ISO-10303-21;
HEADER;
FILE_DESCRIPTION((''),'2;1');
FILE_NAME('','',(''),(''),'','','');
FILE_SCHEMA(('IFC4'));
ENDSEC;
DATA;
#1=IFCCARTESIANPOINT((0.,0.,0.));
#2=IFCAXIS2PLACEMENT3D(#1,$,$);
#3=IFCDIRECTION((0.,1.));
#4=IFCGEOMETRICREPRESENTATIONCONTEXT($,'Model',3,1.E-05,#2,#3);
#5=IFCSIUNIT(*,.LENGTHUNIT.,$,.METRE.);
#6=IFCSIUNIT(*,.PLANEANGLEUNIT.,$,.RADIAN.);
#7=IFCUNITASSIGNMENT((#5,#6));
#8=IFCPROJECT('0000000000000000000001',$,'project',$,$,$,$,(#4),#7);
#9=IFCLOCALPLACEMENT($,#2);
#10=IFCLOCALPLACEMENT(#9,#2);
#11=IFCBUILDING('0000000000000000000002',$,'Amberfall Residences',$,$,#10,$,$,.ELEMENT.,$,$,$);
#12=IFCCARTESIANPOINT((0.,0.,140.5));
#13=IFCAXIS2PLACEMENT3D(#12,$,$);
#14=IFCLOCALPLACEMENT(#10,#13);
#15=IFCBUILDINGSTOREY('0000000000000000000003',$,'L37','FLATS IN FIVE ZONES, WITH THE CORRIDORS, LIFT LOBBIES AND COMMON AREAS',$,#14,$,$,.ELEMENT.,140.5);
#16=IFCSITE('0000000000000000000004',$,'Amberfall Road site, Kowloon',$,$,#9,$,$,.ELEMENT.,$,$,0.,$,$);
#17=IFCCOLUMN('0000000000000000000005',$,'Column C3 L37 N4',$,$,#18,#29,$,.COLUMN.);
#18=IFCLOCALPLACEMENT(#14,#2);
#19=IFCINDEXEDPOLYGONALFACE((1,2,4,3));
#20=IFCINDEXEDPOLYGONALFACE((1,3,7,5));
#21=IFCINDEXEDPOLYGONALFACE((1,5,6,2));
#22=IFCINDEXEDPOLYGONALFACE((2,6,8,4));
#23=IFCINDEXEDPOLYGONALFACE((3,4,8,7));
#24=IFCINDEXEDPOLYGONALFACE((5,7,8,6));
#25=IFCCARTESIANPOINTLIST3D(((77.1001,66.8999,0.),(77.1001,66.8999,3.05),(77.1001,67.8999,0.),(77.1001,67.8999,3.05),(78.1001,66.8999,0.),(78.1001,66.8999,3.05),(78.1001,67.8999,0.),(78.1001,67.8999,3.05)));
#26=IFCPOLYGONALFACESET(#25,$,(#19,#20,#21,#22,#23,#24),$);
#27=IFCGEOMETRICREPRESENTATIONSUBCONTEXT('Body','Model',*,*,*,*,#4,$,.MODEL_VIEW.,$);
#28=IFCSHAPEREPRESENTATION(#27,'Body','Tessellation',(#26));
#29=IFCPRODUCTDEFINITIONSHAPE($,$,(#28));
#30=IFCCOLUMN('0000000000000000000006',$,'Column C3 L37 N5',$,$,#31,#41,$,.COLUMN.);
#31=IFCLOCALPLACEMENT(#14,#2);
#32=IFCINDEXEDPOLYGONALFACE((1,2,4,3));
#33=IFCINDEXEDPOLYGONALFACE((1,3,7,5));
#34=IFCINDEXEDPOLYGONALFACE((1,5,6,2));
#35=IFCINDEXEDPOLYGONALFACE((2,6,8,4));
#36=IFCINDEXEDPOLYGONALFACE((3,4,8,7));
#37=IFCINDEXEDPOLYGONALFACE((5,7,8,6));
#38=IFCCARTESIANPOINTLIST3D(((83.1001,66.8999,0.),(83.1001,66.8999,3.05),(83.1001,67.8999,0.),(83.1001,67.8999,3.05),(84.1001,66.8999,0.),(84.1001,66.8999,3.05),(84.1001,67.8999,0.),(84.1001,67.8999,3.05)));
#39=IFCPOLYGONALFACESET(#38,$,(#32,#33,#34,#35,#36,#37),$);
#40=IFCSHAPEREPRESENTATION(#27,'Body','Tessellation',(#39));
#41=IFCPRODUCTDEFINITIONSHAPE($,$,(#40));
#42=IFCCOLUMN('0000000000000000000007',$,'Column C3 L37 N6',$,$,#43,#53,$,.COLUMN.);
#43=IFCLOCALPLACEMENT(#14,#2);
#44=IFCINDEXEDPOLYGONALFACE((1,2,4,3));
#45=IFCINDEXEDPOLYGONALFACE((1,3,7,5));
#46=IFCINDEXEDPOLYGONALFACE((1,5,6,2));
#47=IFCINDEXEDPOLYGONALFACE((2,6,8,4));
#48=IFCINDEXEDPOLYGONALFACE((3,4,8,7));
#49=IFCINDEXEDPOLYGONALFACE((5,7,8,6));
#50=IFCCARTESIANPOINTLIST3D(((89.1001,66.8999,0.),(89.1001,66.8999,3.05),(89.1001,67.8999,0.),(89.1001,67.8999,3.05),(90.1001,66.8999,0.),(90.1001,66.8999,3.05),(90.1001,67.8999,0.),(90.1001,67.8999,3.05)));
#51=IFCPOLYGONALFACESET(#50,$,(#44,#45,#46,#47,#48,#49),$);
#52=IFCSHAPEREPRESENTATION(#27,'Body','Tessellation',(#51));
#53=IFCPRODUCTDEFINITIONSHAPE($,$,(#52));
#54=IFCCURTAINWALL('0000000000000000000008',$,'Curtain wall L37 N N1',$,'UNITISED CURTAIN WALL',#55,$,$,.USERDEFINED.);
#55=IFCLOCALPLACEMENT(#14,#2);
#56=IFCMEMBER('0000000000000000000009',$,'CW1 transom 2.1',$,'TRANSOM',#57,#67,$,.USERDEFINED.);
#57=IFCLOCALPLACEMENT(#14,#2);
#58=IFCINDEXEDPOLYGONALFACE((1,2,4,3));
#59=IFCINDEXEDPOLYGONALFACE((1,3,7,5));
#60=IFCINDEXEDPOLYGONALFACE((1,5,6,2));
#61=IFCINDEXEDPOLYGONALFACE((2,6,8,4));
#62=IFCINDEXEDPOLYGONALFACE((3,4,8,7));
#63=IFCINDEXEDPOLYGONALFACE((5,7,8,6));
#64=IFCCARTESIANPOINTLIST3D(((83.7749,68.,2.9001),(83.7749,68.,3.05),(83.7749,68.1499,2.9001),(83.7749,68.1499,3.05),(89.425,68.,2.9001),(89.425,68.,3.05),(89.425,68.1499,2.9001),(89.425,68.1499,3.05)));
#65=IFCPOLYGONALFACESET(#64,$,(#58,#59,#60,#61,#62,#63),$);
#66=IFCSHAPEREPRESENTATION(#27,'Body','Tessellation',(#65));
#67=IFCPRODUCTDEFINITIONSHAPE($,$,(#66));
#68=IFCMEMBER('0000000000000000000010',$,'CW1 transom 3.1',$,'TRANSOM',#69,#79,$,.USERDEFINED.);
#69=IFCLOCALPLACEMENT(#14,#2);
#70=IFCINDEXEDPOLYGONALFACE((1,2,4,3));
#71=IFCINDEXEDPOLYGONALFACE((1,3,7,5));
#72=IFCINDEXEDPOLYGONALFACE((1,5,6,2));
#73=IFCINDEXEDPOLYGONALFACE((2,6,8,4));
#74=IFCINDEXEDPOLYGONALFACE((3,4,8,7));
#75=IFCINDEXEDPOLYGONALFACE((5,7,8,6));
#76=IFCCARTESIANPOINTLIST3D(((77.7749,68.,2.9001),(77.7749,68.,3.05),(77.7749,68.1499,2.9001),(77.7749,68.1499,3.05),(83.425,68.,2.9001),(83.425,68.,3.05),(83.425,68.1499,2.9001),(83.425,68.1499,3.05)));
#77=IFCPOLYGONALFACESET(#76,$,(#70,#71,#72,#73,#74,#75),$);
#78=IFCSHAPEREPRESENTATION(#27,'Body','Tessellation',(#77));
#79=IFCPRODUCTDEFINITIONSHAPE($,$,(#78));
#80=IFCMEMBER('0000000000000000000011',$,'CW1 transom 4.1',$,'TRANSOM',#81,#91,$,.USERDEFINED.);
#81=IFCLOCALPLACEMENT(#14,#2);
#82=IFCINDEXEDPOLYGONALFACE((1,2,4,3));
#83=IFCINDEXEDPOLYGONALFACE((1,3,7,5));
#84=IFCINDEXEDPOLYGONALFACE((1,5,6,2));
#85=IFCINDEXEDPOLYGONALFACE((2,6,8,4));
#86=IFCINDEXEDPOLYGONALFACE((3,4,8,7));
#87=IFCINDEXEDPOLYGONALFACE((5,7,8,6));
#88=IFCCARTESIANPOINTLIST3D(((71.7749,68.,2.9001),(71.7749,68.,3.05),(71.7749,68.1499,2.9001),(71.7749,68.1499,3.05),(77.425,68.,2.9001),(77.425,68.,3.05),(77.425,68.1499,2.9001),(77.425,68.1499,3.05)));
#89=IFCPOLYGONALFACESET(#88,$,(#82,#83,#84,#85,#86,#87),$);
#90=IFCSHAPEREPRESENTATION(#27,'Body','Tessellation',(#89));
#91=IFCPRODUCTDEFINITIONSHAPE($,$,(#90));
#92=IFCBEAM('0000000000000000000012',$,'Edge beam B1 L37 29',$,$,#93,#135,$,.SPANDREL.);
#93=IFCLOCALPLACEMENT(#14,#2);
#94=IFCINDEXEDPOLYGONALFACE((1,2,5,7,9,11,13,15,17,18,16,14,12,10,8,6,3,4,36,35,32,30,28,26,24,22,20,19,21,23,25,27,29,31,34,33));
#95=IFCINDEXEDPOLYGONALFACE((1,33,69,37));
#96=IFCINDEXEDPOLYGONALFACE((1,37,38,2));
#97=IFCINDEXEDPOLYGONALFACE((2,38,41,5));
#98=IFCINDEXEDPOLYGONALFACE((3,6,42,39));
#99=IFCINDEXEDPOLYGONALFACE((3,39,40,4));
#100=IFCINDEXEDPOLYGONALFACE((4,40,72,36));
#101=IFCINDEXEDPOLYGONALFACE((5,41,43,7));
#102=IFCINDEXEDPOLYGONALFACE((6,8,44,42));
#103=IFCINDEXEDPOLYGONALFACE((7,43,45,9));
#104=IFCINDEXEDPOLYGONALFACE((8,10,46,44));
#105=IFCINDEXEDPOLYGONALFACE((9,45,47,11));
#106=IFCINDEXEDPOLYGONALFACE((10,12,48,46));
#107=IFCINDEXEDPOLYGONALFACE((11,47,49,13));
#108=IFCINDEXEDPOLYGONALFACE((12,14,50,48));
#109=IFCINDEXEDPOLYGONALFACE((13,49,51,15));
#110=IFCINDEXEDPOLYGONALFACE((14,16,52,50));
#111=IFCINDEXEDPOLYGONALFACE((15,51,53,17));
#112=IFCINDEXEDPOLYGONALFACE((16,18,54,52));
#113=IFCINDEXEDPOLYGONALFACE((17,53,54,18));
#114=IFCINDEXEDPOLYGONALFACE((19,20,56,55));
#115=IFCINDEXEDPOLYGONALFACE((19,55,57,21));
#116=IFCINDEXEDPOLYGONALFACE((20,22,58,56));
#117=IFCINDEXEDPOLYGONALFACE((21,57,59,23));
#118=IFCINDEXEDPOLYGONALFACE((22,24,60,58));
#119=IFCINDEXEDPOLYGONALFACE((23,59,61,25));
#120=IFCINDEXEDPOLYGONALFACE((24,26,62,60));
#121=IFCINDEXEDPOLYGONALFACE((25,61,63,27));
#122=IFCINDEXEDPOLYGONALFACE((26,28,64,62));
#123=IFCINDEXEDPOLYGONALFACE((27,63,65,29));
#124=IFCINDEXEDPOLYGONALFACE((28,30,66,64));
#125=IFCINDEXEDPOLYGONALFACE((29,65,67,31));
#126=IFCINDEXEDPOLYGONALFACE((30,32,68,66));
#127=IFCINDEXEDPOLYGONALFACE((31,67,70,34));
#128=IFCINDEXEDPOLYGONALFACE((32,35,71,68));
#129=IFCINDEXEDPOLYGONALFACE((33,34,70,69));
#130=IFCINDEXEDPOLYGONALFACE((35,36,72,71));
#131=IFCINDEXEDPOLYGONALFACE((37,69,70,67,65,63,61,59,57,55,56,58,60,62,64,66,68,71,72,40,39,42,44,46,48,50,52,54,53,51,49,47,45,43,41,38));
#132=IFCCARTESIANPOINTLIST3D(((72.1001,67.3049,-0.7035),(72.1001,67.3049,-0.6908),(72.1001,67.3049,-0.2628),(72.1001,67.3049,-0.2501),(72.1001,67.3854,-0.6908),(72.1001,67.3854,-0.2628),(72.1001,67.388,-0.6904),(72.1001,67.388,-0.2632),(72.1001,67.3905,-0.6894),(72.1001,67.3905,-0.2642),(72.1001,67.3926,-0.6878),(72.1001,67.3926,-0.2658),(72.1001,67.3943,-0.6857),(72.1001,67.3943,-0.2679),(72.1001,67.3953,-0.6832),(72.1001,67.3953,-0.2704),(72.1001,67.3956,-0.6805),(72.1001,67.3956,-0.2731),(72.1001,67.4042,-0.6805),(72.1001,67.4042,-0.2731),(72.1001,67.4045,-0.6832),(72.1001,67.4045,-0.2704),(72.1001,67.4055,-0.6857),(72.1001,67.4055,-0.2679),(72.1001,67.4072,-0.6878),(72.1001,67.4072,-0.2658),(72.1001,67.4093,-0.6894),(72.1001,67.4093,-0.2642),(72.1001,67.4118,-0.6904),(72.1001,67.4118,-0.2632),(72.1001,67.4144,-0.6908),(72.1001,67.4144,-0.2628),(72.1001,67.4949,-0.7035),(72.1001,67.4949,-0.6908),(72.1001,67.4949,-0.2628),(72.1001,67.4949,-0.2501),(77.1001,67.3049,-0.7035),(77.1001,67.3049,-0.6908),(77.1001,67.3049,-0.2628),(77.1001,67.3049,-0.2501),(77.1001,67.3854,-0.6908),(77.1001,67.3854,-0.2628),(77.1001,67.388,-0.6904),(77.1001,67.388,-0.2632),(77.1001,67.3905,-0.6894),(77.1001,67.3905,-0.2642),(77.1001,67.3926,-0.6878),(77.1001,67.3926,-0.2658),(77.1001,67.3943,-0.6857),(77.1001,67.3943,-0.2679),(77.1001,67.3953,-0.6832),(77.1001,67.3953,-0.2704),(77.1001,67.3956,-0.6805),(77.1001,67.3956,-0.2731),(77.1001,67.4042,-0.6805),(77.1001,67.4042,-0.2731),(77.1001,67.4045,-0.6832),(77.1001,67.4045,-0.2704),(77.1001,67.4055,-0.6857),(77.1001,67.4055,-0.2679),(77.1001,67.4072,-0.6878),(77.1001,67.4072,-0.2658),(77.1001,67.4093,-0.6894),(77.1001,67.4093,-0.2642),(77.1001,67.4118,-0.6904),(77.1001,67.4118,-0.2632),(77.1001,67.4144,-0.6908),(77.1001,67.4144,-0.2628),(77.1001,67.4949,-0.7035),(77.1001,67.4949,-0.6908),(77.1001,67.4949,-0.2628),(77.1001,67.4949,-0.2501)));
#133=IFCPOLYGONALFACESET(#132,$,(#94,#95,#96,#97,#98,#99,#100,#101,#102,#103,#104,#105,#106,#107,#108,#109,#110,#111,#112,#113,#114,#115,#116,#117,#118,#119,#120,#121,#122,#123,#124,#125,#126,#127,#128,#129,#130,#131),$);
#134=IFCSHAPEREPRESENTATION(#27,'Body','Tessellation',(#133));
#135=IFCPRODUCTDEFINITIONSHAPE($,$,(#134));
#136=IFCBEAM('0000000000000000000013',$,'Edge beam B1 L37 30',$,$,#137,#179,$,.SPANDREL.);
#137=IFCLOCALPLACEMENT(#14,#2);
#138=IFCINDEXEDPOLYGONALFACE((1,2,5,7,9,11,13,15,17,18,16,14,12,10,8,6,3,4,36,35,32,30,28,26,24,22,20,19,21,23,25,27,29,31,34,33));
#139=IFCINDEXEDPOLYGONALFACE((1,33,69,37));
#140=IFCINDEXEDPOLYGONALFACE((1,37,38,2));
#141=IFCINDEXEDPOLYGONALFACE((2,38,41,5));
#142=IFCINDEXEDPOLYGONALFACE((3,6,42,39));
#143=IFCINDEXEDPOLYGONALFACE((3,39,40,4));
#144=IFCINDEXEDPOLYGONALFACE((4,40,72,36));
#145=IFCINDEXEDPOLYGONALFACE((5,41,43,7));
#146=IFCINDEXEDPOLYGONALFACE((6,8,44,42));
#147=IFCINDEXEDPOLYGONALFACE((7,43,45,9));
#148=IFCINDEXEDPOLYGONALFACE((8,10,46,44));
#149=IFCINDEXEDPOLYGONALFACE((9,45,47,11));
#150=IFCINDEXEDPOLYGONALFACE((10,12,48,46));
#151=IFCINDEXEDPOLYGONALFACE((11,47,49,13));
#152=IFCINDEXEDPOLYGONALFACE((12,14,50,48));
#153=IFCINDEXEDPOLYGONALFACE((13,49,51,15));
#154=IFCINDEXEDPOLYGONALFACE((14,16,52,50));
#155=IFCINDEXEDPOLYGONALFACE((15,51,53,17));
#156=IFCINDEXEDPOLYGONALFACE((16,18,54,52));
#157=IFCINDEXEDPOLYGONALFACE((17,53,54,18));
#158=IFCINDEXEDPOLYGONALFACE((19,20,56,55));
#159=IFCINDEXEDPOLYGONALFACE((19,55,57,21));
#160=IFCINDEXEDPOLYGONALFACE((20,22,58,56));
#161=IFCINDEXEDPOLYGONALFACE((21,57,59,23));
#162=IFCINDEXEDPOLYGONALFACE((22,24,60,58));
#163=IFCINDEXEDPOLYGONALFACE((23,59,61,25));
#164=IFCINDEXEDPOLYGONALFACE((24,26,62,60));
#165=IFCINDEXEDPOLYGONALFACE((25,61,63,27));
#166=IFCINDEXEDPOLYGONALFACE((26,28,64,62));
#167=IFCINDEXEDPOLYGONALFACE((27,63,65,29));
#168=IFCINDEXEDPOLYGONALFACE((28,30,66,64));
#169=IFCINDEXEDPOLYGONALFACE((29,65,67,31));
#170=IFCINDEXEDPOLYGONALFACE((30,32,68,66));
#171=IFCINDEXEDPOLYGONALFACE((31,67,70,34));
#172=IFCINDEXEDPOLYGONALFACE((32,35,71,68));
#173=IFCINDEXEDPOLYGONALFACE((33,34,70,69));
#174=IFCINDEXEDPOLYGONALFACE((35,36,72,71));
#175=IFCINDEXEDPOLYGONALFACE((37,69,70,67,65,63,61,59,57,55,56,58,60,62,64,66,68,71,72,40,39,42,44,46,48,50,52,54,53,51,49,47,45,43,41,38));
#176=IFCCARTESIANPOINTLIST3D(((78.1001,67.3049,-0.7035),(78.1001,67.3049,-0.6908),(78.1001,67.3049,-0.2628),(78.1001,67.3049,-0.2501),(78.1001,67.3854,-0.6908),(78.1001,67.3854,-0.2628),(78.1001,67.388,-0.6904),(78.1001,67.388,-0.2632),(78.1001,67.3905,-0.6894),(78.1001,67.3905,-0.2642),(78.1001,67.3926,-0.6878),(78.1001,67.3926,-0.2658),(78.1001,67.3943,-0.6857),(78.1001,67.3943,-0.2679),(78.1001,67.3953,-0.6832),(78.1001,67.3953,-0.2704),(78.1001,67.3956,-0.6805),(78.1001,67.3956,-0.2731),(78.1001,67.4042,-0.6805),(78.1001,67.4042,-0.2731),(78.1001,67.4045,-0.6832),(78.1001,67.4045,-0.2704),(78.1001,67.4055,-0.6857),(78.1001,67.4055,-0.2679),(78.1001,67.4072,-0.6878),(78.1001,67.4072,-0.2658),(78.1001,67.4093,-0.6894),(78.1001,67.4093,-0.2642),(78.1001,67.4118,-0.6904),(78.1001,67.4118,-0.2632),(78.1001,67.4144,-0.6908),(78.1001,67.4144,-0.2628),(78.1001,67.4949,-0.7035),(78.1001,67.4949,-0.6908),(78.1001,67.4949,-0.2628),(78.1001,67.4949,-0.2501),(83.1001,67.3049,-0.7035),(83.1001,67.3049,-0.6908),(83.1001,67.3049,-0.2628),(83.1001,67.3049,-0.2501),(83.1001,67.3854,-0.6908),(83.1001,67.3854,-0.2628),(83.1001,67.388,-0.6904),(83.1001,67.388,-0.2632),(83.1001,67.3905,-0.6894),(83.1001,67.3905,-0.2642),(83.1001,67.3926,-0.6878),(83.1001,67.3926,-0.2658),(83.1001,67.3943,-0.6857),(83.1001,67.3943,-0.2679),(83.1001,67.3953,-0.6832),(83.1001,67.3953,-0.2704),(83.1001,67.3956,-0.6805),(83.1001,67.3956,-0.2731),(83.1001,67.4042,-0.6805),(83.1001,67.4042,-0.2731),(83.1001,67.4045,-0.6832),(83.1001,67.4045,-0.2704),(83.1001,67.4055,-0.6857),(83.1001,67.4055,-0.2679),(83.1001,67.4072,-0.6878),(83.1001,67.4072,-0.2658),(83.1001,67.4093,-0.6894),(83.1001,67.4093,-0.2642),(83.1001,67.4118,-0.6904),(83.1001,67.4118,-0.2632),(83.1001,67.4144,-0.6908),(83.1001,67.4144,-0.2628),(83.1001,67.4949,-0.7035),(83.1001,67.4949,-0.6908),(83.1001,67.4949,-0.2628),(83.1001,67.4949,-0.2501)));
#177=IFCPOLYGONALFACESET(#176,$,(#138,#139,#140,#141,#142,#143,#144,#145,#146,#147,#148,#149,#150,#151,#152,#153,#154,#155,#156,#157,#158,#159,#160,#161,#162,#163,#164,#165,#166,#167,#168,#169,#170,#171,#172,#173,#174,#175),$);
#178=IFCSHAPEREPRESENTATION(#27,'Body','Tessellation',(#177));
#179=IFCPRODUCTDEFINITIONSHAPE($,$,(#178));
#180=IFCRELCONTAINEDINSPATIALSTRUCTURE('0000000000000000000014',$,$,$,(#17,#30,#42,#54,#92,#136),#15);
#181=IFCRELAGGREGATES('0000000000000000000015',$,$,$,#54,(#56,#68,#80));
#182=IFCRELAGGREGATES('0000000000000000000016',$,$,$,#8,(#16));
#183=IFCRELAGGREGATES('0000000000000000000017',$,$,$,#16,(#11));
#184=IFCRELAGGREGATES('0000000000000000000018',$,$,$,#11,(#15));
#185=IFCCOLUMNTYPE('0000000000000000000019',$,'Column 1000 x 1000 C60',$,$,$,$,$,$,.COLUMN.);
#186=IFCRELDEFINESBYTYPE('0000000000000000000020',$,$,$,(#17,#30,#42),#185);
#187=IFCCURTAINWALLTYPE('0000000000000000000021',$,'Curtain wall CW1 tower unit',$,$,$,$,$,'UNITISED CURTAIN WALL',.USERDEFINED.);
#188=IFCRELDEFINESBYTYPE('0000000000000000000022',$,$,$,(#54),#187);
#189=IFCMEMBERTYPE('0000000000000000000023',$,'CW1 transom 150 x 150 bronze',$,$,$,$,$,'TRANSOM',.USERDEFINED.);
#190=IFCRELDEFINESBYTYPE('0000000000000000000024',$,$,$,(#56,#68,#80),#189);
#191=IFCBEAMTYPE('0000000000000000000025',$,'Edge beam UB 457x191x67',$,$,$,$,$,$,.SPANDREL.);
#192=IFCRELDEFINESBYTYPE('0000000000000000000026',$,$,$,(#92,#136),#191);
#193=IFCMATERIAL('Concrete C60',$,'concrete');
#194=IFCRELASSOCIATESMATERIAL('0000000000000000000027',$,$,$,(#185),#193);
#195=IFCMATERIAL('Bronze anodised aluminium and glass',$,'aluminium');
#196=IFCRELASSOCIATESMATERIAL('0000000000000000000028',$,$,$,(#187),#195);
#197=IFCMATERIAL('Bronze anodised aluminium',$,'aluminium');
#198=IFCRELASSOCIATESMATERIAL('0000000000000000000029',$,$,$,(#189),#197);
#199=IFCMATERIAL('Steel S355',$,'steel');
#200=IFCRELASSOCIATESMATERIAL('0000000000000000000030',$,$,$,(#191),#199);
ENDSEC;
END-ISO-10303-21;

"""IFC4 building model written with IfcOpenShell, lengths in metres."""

from ifc_helpers import new_model, si_unit, direction, frame, origin, origin_2d, place, context, subcontext, project, spatial, rectangle, i_section, extrude, material, material_profile, profile_set, type_object, element, aggregate, save


model = new_model("IFC4")

# Units and contexts
model_context = context("Model", 3, precision=1e-05, world=origin(), true_north=direction((0.0, 1.0)))
body_context = subcontext(model_context, "Body", "Model", "MODEL_VIEW")
ifc_project = project(units=[si_unit("LENGTHUNIT", "METRE"), si_unit("PLANEANGLEUNIT", "RADIAN")], contexts=[model_context])

# Site, building, storey
site_placement = place(None, origin())
site = spatial("IfcSite", under=ifc_project, at=site_placement, Name="Amberfall Road site, Kowloon", CompositionType="ELEMENT", RefElevation=0.0)
building_placement = place(site_placement, origin())
building = spatial("IfcBuilding", under=site, at=building_placement, Name="Amberfall Residences", CompositionType="ELEMENT")
storey_placement = place(building_placement, frame((0.0, 0.0, 140.5)))
storey = spatial("IfcBuildingStorey", under=building, at=storey_placement, Name="L37", Description="FLATS IN FIVE ZONES, WITH THE CORRIDORS, LIFT LOBBIES AND COMMON AREAS", CompositionType="ELEMENT", Elevation=140.5)

# Columns
ifc_material_1 = material(Name="Concrete C60", Category="concrete")
ifc_material_profile_1 = material_profile(ifc_material_1, rectangle(XDim=1.0, YDim=1.0, at=origin_2d()), Name="Column 1000 x 1000 C60")
ifc_profile_set_1 = profile_set([ifc_material_profile_1], Name="Concrete C60")
column_type = type_object("IfcColumnType", Name="Column 1000 x 1000 C60", PredefinedType="COLUMN", material=ifc_profile_set_1)
for number, where, z_axis, x_axis, name in (
    (1, (77.6001, 67.3999, 0.0), (0.0, 0.0, 1.0), (1.0, 0.0, 0.0), "Column C3 L37 N4"),
    (2, (83.6001, 67.3999, 0.0), (0.0, 0.0, 1.0), (1.0, 0.0, 0.0), "Column C3 L37 N5"),
    (3, (89.6001, 67.3999, 0.0), (0.0, 0.0, 1.0), (1.0, 0.0, 0.0), "Column C3 L37 N6"),
):
    element("IfcColumn", number, at=place(storey_placement, frame(where, z_axis=z_axis, x_axis=x_axis)), inside=storey, type_object=column_type, Name=name, PredefinedType="COLUMN", context=body_context, shape_type="SweptSolid", body=[
        extrude(rectangle(XDim=1.0, YDim=1.0, at=origin_2d()), origin(), (0.0, 0.0, 1.0), 3.05),
    ])

# Curtain wall, members
ifc_material_2 = material(Name="Bronze anodised aluminium and glass", Category="aluminium")
curtain_wall_type = type_object("IfcCurtainWallType", Name="Curtain wall CW1 tower unit", ElementType="UNITISED CURTAIN WALL", PredefinedType="USERDEFINED", material=ifc_material_2)
curtain_wall_placement = place(storey_placement, origin())
curtain_wall = element("IfcCurtainWall", 4, at=curtain_wall_placement, inside=storey, type_object=curtain_wall_type, Name="Curtain wall L37 N N1", ObjectType="UNITISED CURTAIN WALL", PredefinedType="USERDEFINED")
ifc_material_3 = material(Name="Bronze anodised aluminium", Category="aluminium")
ifc_material_profile_2 = material_profile(ifc_material_3, rectangle(XDim=0.1499, YDim=0.1499, at=origin_2d()), Name="CW1 transom 150 x 150 bronze")
ifc_profile_set_2 = profile_set([ifc_material_profile_2], Name="Bronze anodised aluminium")
member_type_1 = type_object("IfcMemberType", Name="CW1 transom 150 x 150 bronze", ElementType="TRANSOM", PredefinedType="USERDEFINED", material=ifc_profile_set_2)
member_1_placement = place(storey_placement, frame((89.425, 68.075, 2.9751), z_axis=(-1.0, 0.0, 0.0), x_axis=(0.0, -1.0, 0.0)))
member_1 = element("IfcMember", 5, at=member_1_placement, type_object=member_type_1, Name="CW1 transom 2.1", ObjectType="TRANSOM", PredefinedType="USERDEFINED", context=body_context, shape_type="SweptSolid", body=[
    extrude(rectangle(XDim=0.1499, YDim=0.1499, at=origin_2d()), origin(), (0.0, 0.0, 1.0), 5.6501),
])
member_2_placement = place(storey_placement, frame((83.425, 68.075, 2.9751), z_axis=(-1.0, 0.0, 0.0), x_axis=(0.0, -1.0, 0.0)))
member_2 = element("IfcMember", 6, at=member_2_placement, type_object=member_type_1, Name="CW1 transom 3.1", ObjectType="TRANSOM", PredefinedType="USERDEFINED", context=body_context, shape_type="SweptSolid", body=[
    extrude(rectangle(XDim=0.1499, YDim=0.1499, at=origin_2d()), origin(), (0.0, 0.0, 1.0), 5.6501),
])
member_3_placement = place(storey_placement, frame((77.425, 68.075, 2.9751), z_axis=(-1.0, 0.0, 0.0), x_axis=(0.0, -1.0, 0.0)))
member_3 = element("IfcMember", 7, at=member_3_placement, type_object=member_type_1, Name="CW1 transom 4.1", ObjectType="TRANSOM", PredefinedType="USERDEFINED", context=body_context, shape_type="SweptSolid", body=[
    extrude(rectangle(XDim=0.1499, YDim=0.1499, at=origin_2d()), origin(), (0.0, 0.0, 1.0), 5.6501),
])

# Beams
ifc_material_4 = material(Name="Steel S355", Category="steel")
ifc_material_profile_3 = material_profile(ifc_material_4, i_section(OverallWidth=0.1899, OverallDepth=0.4534, WebThickness=0.0085, FlangeThickness=0.0127, FilletRadius=0.0103, at=origin_2d()), Name="UB 457x191x67")
ifc_profile_set_3 = profile_set([ifc_material_profile_3], Name="Steel S355")
beam_type_1 = type_object("IfcBeamType", Name="Edge beam UB 457x191x67", PredefinedType="SPANDREL", material=ifc_profile_set_3)
for number, where, z_axis, x_axis, name in (
    (8, (72.1001, 67.3999, -0.4768), (1.0, 0.0, 0.0), (0.0, 1.0, 0.0), "Edge beam B1 L37 29"),
    (9, (78.1001, 67.3999, -0.4768), (1.0, 0.0, 0.0), (0.0, 1.0, 0.0), "Edge beam B1 L37 30"),
):
    element("IfcBeam", number, at=place(storey_placement, frame(where, z_axis=z_axis, x_axis=x_axis)), inside=storey, type_object=beam_type_1, Name=name, PredefinedType="SPANDREL", context=body_context, shape_type="SweptSolid", body=[
        extrude(i_section(OverallWidth=0.1899, OverallDepth=0.4534, WebThickness=0.0085, FlangeThickness=0.0127, FilletRadius=0.0103, at=origin_2d()), origin(), (0.0, 0.0, 1.0), 5.0),
    ])

aggregate(curtain_wall, [member_1, member_2, member_3])

save(model, "model.ifc")
